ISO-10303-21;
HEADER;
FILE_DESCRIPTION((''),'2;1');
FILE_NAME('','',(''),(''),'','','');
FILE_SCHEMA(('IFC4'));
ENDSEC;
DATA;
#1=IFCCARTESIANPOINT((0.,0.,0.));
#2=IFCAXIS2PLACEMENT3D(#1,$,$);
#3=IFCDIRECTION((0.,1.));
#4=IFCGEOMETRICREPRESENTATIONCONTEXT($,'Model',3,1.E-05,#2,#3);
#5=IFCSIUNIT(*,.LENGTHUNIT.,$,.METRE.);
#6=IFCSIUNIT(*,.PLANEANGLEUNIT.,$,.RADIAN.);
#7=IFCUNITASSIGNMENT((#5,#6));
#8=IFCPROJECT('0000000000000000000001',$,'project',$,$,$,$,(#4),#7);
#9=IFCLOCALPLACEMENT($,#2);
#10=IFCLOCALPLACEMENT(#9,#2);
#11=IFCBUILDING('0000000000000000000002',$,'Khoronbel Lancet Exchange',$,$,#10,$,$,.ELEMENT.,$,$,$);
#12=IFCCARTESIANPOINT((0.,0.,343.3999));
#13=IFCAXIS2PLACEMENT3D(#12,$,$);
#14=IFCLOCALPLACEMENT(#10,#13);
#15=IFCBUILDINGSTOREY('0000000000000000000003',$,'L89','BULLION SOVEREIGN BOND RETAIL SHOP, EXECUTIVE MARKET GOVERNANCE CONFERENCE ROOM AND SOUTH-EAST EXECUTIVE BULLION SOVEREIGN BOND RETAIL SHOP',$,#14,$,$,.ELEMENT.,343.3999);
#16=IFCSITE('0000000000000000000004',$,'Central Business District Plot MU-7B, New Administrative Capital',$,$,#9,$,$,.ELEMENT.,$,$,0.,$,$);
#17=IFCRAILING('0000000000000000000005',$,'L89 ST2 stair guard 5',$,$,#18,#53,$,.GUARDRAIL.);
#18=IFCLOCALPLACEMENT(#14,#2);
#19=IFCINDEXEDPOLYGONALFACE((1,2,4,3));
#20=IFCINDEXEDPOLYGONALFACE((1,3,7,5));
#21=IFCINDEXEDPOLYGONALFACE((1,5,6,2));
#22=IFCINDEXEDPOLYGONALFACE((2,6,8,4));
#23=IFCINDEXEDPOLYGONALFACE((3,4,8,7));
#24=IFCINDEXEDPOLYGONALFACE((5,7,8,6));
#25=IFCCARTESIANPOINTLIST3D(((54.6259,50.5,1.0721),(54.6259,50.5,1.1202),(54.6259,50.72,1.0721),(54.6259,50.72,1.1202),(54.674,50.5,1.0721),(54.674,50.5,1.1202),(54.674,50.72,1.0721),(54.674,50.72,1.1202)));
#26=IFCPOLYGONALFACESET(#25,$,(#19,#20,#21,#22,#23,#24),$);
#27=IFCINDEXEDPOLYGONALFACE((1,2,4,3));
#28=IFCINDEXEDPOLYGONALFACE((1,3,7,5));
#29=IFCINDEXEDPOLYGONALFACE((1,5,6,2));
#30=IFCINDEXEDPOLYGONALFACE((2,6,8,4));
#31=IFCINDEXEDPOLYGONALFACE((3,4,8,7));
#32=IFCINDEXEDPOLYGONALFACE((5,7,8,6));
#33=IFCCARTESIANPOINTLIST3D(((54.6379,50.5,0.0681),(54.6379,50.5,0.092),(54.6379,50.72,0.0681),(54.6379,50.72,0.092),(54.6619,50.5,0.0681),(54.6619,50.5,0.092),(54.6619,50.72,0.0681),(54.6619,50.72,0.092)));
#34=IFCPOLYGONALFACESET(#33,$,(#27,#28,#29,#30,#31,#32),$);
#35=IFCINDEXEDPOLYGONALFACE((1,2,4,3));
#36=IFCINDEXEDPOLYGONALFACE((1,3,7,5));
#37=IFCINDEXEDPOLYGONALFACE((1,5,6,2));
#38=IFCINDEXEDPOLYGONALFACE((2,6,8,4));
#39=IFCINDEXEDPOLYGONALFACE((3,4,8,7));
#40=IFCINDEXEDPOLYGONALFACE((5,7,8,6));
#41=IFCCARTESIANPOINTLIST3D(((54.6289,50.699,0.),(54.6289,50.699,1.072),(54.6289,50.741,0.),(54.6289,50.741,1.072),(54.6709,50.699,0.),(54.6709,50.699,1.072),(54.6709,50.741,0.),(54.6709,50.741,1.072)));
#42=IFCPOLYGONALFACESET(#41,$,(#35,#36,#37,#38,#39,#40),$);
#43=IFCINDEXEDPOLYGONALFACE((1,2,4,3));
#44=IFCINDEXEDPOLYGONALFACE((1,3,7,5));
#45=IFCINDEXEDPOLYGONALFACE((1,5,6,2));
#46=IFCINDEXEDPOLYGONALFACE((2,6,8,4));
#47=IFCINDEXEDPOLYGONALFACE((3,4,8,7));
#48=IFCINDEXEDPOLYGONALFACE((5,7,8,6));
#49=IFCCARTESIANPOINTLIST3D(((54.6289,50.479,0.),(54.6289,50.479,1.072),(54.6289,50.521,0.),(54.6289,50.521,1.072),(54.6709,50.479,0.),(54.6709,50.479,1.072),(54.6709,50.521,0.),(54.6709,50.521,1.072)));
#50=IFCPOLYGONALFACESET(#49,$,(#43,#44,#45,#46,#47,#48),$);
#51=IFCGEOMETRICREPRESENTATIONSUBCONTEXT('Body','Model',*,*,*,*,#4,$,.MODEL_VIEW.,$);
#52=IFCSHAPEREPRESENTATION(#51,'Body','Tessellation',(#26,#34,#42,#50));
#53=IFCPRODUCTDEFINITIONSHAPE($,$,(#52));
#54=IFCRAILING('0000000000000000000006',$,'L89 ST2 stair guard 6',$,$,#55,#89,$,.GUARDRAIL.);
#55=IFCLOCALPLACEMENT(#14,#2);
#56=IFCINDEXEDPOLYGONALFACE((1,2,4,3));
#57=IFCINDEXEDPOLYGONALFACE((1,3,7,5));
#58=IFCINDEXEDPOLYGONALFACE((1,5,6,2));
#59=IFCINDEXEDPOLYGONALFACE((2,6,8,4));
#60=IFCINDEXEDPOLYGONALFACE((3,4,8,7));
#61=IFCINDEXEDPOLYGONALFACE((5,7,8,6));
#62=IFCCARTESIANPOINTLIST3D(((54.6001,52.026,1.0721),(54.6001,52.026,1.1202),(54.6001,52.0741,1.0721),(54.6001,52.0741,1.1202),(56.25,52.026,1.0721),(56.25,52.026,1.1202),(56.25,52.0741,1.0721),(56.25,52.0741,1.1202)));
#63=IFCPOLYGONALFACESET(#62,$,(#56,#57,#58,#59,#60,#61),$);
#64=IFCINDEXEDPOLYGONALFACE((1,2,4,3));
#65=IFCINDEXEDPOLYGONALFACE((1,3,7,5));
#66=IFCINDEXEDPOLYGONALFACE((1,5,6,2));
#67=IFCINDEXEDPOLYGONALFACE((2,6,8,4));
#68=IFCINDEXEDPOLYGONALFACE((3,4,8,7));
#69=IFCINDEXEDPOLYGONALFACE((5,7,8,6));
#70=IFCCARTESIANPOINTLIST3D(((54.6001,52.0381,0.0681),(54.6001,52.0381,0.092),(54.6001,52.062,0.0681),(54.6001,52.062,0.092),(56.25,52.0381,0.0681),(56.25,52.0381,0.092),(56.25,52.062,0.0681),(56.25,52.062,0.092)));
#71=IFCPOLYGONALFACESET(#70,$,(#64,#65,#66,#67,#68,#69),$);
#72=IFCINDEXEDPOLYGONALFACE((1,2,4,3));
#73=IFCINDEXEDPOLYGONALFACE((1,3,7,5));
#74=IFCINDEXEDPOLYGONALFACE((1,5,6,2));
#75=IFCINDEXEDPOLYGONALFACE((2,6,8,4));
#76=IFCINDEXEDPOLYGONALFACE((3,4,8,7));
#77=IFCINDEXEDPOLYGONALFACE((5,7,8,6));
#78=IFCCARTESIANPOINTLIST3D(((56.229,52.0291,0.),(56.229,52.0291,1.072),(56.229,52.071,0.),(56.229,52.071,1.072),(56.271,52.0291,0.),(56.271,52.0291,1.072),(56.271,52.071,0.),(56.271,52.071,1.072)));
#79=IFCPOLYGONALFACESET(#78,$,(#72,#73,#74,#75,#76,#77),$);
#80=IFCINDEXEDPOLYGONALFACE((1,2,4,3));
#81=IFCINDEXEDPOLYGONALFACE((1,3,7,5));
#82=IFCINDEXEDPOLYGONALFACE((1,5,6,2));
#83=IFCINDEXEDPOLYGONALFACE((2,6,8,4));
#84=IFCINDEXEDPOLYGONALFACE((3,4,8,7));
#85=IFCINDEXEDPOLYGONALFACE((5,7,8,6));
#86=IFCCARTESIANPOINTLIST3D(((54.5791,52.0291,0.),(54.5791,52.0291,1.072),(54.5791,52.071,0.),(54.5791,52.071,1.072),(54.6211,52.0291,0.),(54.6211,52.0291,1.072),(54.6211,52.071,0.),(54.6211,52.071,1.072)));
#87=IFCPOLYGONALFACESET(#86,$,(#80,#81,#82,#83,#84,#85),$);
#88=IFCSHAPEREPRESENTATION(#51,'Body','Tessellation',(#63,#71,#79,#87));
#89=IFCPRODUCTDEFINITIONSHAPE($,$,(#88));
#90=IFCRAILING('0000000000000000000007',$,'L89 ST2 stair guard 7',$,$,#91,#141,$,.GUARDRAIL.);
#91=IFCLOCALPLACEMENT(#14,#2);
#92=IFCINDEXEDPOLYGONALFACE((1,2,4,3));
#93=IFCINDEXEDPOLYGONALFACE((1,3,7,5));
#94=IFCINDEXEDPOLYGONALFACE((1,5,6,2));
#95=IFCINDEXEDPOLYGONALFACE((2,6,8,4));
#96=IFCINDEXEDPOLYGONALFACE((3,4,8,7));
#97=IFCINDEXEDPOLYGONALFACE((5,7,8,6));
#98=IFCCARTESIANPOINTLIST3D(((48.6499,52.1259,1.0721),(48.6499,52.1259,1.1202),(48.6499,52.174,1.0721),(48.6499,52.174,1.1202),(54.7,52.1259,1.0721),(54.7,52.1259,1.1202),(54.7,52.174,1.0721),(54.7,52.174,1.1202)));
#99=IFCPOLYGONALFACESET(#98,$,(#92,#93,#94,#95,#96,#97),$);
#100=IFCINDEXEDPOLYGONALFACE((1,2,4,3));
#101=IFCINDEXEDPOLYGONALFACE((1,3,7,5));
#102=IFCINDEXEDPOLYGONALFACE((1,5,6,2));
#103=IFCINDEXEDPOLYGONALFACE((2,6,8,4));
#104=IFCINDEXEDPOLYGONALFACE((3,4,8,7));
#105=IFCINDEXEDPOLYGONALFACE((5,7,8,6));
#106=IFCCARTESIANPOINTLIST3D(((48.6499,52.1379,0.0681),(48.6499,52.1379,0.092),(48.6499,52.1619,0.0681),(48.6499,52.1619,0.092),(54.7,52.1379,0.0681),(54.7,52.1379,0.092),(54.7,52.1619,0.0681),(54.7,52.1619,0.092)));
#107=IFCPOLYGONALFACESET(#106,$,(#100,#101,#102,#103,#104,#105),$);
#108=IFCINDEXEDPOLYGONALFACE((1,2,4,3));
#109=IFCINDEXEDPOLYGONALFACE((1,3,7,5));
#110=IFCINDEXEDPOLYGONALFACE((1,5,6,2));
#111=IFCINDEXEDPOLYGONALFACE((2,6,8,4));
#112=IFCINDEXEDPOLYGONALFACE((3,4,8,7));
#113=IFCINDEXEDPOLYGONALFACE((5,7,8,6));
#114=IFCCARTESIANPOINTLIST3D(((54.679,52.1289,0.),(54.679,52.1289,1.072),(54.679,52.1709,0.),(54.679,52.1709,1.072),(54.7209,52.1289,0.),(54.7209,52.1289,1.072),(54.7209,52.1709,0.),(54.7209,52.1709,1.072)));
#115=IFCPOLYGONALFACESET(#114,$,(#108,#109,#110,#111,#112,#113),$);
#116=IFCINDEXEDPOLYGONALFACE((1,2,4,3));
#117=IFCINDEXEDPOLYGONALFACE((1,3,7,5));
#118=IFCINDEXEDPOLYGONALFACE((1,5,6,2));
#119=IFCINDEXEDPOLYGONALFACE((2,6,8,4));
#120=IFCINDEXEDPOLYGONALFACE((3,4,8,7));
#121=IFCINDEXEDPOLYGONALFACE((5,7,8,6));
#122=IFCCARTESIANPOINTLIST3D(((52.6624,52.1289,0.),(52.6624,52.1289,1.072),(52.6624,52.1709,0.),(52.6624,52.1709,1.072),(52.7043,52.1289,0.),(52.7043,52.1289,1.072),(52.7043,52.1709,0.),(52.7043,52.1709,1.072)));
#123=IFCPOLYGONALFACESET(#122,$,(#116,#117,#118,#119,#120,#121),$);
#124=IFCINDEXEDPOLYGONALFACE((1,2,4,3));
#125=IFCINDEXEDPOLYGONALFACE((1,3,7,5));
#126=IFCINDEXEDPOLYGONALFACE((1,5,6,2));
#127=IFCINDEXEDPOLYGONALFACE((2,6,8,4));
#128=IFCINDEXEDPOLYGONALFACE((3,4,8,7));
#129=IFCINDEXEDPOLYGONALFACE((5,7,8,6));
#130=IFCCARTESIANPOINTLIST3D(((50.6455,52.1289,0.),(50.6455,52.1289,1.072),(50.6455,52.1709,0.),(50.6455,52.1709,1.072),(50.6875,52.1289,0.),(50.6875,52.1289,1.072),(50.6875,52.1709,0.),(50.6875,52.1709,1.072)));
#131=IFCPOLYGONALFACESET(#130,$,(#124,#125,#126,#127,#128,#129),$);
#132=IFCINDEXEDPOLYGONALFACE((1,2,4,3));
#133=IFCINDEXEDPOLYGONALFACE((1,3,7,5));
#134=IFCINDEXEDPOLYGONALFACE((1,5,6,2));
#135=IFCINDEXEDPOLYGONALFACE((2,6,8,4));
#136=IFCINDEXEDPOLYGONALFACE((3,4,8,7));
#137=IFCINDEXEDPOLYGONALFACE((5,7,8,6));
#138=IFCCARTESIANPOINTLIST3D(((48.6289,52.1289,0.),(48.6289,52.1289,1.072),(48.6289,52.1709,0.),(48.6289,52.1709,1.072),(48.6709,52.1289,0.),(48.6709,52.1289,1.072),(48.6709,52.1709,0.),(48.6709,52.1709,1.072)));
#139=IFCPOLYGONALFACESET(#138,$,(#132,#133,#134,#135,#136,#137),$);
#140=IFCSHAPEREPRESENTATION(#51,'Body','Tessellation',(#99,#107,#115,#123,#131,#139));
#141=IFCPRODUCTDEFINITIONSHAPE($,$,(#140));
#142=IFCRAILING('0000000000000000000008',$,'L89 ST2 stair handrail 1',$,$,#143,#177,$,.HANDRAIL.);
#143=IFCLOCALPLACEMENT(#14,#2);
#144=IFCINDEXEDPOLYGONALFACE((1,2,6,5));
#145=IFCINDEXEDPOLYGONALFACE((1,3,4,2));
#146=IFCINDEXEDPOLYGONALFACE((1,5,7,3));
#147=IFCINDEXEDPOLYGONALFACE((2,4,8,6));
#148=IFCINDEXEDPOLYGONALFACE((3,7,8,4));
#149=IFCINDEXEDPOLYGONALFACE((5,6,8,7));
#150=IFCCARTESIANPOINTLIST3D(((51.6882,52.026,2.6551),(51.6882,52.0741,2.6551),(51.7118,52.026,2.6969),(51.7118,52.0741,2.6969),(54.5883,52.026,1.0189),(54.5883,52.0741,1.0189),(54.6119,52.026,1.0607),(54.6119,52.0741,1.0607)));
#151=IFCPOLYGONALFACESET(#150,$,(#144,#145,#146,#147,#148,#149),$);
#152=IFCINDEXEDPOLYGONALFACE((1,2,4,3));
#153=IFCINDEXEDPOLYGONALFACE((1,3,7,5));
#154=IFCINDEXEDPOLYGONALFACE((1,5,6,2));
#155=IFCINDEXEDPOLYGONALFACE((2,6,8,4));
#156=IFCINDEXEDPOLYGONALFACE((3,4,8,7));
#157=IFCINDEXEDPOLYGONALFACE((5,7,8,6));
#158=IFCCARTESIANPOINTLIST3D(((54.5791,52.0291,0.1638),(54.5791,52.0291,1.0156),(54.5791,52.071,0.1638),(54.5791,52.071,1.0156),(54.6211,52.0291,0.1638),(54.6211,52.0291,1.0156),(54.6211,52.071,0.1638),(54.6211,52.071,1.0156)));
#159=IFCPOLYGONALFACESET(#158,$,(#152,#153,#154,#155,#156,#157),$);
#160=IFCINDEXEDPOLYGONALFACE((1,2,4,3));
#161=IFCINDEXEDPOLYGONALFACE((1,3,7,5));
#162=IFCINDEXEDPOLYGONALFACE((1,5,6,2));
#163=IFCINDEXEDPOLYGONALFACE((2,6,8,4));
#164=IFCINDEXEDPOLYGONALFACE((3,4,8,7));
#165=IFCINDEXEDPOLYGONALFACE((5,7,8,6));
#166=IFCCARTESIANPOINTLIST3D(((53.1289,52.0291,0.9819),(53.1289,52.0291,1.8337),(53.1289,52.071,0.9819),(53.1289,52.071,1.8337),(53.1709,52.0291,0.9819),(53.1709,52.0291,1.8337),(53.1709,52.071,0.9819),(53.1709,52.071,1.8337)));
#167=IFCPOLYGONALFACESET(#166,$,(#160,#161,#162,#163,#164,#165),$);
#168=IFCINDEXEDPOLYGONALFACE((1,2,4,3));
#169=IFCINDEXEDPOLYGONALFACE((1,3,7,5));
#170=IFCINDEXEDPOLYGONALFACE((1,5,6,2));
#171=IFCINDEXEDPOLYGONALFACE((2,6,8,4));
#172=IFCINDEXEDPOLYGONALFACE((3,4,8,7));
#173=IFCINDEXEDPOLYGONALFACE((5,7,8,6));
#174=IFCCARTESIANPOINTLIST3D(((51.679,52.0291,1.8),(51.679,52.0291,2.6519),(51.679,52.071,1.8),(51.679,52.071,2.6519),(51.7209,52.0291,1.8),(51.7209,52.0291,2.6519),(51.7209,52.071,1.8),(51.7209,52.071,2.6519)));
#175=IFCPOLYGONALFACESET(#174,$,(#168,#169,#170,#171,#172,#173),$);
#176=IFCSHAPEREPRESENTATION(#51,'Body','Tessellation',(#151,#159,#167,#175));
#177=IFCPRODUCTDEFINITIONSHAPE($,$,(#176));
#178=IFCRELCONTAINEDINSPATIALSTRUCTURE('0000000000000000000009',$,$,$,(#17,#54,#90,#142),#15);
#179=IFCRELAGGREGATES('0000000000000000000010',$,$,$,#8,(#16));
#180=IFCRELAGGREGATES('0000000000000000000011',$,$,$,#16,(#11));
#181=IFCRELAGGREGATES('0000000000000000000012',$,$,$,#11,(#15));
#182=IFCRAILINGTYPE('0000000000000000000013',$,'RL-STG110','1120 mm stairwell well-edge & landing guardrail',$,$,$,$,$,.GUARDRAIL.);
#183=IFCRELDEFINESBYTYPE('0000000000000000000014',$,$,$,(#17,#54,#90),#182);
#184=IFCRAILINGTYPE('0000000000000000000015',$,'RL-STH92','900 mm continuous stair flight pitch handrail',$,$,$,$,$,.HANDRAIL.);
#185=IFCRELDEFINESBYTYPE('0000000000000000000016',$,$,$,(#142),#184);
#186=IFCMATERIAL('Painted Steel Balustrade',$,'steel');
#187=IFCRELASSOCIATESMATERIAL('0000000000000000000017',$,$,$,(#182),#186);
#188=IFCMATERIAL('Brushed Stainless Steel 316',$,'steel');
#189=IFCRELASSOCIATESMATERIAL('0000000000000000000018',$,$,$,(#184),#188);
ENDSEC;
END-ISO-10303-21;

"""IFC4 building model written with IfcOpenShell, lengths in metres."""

from ifc_helpers import new_model, si_unit, direction, frame, origin, origin_2d, place, context, subcontext, project, spatial, rectangle, extrude, material, type_object, element, save


model = new_model("IFC4")

# Units and contexts
model_context = context("Model", 3, precision=1e-05, world=origin(), true_north=direction((0.0, 1.0)))
body_context = subcontext(model_context, "Body", "Model", "MODEL_VIEW")
ifc_project = project(units=[si_unit("LENGTHUNIT", "METRE"), si_unit("PLANEANGLEUNIT", "RADIAN")], contexts=[model_context])

# Site, building, storey
site_placement = place(None, origin())
site = spatial("IfcSite", under=ifc_project, at=site_placement, Name="Central Business District Plot MU-7B, New Administrative Capital", CompositionType="ELEMENT", RefElevation=0.0)
building_placement = place(site_placement, origin())
building = spatial("IfcBuilding", under=site, at=building_placement, Name="Khoronbel Lancet Exchange", CompositionType="ELEMENT")
storey_placement = place(building_placement, frame((0.0, 0.0, 343.3999)))
storey = spatial("IfcBuildingStorey", under=building, at=storey_placement, Name="L89", Description="BULLION SOVEREIGN BOND RETAIL SHOP, EXECUTIVE MARKET GOVERNANCE CONFERENCE ROOM AND SOUTH-EAST EXECUTIVE BULLION SOVEREIGN BOND RETAIL SHOP", CompositionType="ELEMENT", Elevation=343.3999)

# Railings
ifc_material_1 = material(Name="Painted Steel Balustrade", Category="steel")
railing_type_1 = type_object("IfcRailingType", Name="RL-STG110", Description="1120 mm stairwell well-edge & landing guardrail", PredefinedType="GUARDRAIL", material=ifc_material_1)
railing_1_placement = place(storey_placement, frame((54.6499, 50.72, 0.0)))
element("IfcRailing", 1, at=railing_1_placement, inside=storey, type_object=railing_type_1, Name="L89 ST2 stair guard 5", PredefinedType="GUARDRAIL", context=body_context, shape_type="SweptSolid", body=[
    extrude(rectangle(XDim=0.0481, YDim=0.0481, at=origin_2d()), frame((0.0, 0.0, 1.0962), z_axis=(0.0, -1.0, 0.0), x_axis=(1.0, 0.0, 0.0)), (0.0, 0.0, 1.0), 0.22),
    extrude(rectangle(XDim=0.0239, YDim=0.0239, at=origin_2d()), frame((0.0, 0.0, 0.0801), z_axis=(0.0, -1.0, 0.0), x_axis=(1.0, 0.0, 0.0)), (0.0, 0.0, 1.0), 0.22),
    extrude(rectangle(XDim=0.042, YDim=0.042, at=origin_2d()), origin(), (0.0, 0.0, 1.0), 1.072),
    extrude(rectangle(XDim=0.042, YDim=0.042, at=origin_2d()), frame((0.0, -0.22, 0.0)), (0.0, 0.0, 1.0), 1.072),
])
railing_2_placement = place(storey_placement, frame((56.25, 52.05, 0.0)))
element("IfcRailing", 2, at=railing_2_placement, inside=storey, type_object=railing_type_1, Name="L89 ST2 stair guard 6", PredefinedType="GUARDRAIL", context=body_context, shape_type="SweptSolid", body=[
    extrude(rectangle(XDim=0.0481, YDim=0.0481, at=origin_2d()), frame((0.0, 0.0, 1.0962), z_axis=(-1.0, 0.0, 0.0), x_axis=(0.0, -1.0, 0.0)), (0.0, 0.0, 1.0), 1.6499),
    extrude(rectangle(XDim=0.0239, YDim=0.0239, at=origin_2d()), frame((0.0, 0.0, 0.0801), z_axis=(-1.0, 0.0, 0.0), x_axis=(0.0, -1.0, 0.0)), (0.0, 0.0, 1.0), 1.6499),
    extrude(rectangle(XDim=0.042, YDim=0.042, at=origin_2d()), origin(), (0.0, 0.0, 1.0), 1.072),
    extrude(rectangle(XDim=0.042, YDim=0.042, at=origin_2d()), frame((-1.6499, 0.0, 0.0)), (0.0, 0.0, 1.0), 1.072),
])
railing_3_placement = place(storey_placement, frame((54.7, 52.1499, 0.0)))
element("IfcRailing", 3, at=railing_3_placement, inside=storey, type_object=railing_type_1, Name="L89 ST2 stair guard 7", PredefinedType="GUARDRAIL", context=body_context, shape_type="SweptSolid", body=[
    extrude(rectangle(XDim=0.0481, YDim=0.0481, at=origin_2d()), frame((0.0, 0.0, 1.0962), z_axis=(-1.0, 0.0, 0.0), x_axis=(0.0, -1.0, 0.0)), (0.0, 0.0, 1.0), 6.05),
    extrude(rectangle(XDim=0.0239, YDim=0.0239, at=origin_2d()), frame((0.0, 0.0, 0.0801), z_axis=(-1.0, 0.0, 0.0), x_axis=(0.0, -1.0, 0.0)), (0.0, 0.0, 1.0), 6.05),
    extrude(rectangle(XDim=0.042, YDim=0.042, at=origin_2d()), origin(), (0.0, 0.0, 1.0), 1.072),
    extrude(rectangle(XDim=0.042, YDim=0.042, at=origin_2d()), frame((-2.0166, 0.0, 0.0)), (0.0, 0.0, 1.0), 1.072),
    extrude(rectangle(XDim=0.042, YDim=0.042, at=origin_2d()), frame((-4.0334, 0.0, 0.0)), (0.0, 0.0, 1.0), 1.072),
    extrude(rectangle(XDim=0.042, YDim=0.042, at=origin_2d()), frame((-6.05, 0.0, 0.0)), (0.0, 0.0, 1.0), 1.072),
])
ifc_material_2 = material(Name="Brushed Stainless Steel 316", Category="steel")
railing_type_2 = type_object("IfcRailingType", Name="RL-STH92", Description="900 mm continuous stair flight pitch handrail", PredefinedType="HANDRAIL", material=ifc_material_2)
railing_4_placement = place(storey_placement, frame((54.6001, 52.05, 0.1638)))
element("IfcRailing", 4, at=railing_4_placement, inside=storey, type_object=railing_type_2, Name="L89 ST2 stair handrail 1", PredefinedType="HANDRAIL", context=body_context, shape_type="SweptSolid", body=[
    extrude(rectangle(XDim=0.0481, YDim=0.0481, at=origin_2d()), frame((0.0, 0.0, 0.876), z_axis=(-0.870946, 0.0, 0.491378), x_axis=(0.0, -1.0, 0.0)), (0.0, 0.0, 1.0), 3.3298),
    extrude(rectangle(XDim=0.042, YDim=0.042, at=origin_2d()), origin(), (0.0, 0.0, 1.0), 0.8518),
    extrude(rectangle(XDim=0.042, YDim=0.042, at=origin_2d()), frame((-1.4502, 0.0, 0.8181)), (0.0, 0.0, 1.0), 0.8518),
    extrude(rectangle(XDim=0.042, YDim=0.042, at=origin_2d()), frame((-2.9001, 0.0, 1.6362)), (0.0, 0.0, 1.0), 0.8518),
])

save(model, "model.ifc")
